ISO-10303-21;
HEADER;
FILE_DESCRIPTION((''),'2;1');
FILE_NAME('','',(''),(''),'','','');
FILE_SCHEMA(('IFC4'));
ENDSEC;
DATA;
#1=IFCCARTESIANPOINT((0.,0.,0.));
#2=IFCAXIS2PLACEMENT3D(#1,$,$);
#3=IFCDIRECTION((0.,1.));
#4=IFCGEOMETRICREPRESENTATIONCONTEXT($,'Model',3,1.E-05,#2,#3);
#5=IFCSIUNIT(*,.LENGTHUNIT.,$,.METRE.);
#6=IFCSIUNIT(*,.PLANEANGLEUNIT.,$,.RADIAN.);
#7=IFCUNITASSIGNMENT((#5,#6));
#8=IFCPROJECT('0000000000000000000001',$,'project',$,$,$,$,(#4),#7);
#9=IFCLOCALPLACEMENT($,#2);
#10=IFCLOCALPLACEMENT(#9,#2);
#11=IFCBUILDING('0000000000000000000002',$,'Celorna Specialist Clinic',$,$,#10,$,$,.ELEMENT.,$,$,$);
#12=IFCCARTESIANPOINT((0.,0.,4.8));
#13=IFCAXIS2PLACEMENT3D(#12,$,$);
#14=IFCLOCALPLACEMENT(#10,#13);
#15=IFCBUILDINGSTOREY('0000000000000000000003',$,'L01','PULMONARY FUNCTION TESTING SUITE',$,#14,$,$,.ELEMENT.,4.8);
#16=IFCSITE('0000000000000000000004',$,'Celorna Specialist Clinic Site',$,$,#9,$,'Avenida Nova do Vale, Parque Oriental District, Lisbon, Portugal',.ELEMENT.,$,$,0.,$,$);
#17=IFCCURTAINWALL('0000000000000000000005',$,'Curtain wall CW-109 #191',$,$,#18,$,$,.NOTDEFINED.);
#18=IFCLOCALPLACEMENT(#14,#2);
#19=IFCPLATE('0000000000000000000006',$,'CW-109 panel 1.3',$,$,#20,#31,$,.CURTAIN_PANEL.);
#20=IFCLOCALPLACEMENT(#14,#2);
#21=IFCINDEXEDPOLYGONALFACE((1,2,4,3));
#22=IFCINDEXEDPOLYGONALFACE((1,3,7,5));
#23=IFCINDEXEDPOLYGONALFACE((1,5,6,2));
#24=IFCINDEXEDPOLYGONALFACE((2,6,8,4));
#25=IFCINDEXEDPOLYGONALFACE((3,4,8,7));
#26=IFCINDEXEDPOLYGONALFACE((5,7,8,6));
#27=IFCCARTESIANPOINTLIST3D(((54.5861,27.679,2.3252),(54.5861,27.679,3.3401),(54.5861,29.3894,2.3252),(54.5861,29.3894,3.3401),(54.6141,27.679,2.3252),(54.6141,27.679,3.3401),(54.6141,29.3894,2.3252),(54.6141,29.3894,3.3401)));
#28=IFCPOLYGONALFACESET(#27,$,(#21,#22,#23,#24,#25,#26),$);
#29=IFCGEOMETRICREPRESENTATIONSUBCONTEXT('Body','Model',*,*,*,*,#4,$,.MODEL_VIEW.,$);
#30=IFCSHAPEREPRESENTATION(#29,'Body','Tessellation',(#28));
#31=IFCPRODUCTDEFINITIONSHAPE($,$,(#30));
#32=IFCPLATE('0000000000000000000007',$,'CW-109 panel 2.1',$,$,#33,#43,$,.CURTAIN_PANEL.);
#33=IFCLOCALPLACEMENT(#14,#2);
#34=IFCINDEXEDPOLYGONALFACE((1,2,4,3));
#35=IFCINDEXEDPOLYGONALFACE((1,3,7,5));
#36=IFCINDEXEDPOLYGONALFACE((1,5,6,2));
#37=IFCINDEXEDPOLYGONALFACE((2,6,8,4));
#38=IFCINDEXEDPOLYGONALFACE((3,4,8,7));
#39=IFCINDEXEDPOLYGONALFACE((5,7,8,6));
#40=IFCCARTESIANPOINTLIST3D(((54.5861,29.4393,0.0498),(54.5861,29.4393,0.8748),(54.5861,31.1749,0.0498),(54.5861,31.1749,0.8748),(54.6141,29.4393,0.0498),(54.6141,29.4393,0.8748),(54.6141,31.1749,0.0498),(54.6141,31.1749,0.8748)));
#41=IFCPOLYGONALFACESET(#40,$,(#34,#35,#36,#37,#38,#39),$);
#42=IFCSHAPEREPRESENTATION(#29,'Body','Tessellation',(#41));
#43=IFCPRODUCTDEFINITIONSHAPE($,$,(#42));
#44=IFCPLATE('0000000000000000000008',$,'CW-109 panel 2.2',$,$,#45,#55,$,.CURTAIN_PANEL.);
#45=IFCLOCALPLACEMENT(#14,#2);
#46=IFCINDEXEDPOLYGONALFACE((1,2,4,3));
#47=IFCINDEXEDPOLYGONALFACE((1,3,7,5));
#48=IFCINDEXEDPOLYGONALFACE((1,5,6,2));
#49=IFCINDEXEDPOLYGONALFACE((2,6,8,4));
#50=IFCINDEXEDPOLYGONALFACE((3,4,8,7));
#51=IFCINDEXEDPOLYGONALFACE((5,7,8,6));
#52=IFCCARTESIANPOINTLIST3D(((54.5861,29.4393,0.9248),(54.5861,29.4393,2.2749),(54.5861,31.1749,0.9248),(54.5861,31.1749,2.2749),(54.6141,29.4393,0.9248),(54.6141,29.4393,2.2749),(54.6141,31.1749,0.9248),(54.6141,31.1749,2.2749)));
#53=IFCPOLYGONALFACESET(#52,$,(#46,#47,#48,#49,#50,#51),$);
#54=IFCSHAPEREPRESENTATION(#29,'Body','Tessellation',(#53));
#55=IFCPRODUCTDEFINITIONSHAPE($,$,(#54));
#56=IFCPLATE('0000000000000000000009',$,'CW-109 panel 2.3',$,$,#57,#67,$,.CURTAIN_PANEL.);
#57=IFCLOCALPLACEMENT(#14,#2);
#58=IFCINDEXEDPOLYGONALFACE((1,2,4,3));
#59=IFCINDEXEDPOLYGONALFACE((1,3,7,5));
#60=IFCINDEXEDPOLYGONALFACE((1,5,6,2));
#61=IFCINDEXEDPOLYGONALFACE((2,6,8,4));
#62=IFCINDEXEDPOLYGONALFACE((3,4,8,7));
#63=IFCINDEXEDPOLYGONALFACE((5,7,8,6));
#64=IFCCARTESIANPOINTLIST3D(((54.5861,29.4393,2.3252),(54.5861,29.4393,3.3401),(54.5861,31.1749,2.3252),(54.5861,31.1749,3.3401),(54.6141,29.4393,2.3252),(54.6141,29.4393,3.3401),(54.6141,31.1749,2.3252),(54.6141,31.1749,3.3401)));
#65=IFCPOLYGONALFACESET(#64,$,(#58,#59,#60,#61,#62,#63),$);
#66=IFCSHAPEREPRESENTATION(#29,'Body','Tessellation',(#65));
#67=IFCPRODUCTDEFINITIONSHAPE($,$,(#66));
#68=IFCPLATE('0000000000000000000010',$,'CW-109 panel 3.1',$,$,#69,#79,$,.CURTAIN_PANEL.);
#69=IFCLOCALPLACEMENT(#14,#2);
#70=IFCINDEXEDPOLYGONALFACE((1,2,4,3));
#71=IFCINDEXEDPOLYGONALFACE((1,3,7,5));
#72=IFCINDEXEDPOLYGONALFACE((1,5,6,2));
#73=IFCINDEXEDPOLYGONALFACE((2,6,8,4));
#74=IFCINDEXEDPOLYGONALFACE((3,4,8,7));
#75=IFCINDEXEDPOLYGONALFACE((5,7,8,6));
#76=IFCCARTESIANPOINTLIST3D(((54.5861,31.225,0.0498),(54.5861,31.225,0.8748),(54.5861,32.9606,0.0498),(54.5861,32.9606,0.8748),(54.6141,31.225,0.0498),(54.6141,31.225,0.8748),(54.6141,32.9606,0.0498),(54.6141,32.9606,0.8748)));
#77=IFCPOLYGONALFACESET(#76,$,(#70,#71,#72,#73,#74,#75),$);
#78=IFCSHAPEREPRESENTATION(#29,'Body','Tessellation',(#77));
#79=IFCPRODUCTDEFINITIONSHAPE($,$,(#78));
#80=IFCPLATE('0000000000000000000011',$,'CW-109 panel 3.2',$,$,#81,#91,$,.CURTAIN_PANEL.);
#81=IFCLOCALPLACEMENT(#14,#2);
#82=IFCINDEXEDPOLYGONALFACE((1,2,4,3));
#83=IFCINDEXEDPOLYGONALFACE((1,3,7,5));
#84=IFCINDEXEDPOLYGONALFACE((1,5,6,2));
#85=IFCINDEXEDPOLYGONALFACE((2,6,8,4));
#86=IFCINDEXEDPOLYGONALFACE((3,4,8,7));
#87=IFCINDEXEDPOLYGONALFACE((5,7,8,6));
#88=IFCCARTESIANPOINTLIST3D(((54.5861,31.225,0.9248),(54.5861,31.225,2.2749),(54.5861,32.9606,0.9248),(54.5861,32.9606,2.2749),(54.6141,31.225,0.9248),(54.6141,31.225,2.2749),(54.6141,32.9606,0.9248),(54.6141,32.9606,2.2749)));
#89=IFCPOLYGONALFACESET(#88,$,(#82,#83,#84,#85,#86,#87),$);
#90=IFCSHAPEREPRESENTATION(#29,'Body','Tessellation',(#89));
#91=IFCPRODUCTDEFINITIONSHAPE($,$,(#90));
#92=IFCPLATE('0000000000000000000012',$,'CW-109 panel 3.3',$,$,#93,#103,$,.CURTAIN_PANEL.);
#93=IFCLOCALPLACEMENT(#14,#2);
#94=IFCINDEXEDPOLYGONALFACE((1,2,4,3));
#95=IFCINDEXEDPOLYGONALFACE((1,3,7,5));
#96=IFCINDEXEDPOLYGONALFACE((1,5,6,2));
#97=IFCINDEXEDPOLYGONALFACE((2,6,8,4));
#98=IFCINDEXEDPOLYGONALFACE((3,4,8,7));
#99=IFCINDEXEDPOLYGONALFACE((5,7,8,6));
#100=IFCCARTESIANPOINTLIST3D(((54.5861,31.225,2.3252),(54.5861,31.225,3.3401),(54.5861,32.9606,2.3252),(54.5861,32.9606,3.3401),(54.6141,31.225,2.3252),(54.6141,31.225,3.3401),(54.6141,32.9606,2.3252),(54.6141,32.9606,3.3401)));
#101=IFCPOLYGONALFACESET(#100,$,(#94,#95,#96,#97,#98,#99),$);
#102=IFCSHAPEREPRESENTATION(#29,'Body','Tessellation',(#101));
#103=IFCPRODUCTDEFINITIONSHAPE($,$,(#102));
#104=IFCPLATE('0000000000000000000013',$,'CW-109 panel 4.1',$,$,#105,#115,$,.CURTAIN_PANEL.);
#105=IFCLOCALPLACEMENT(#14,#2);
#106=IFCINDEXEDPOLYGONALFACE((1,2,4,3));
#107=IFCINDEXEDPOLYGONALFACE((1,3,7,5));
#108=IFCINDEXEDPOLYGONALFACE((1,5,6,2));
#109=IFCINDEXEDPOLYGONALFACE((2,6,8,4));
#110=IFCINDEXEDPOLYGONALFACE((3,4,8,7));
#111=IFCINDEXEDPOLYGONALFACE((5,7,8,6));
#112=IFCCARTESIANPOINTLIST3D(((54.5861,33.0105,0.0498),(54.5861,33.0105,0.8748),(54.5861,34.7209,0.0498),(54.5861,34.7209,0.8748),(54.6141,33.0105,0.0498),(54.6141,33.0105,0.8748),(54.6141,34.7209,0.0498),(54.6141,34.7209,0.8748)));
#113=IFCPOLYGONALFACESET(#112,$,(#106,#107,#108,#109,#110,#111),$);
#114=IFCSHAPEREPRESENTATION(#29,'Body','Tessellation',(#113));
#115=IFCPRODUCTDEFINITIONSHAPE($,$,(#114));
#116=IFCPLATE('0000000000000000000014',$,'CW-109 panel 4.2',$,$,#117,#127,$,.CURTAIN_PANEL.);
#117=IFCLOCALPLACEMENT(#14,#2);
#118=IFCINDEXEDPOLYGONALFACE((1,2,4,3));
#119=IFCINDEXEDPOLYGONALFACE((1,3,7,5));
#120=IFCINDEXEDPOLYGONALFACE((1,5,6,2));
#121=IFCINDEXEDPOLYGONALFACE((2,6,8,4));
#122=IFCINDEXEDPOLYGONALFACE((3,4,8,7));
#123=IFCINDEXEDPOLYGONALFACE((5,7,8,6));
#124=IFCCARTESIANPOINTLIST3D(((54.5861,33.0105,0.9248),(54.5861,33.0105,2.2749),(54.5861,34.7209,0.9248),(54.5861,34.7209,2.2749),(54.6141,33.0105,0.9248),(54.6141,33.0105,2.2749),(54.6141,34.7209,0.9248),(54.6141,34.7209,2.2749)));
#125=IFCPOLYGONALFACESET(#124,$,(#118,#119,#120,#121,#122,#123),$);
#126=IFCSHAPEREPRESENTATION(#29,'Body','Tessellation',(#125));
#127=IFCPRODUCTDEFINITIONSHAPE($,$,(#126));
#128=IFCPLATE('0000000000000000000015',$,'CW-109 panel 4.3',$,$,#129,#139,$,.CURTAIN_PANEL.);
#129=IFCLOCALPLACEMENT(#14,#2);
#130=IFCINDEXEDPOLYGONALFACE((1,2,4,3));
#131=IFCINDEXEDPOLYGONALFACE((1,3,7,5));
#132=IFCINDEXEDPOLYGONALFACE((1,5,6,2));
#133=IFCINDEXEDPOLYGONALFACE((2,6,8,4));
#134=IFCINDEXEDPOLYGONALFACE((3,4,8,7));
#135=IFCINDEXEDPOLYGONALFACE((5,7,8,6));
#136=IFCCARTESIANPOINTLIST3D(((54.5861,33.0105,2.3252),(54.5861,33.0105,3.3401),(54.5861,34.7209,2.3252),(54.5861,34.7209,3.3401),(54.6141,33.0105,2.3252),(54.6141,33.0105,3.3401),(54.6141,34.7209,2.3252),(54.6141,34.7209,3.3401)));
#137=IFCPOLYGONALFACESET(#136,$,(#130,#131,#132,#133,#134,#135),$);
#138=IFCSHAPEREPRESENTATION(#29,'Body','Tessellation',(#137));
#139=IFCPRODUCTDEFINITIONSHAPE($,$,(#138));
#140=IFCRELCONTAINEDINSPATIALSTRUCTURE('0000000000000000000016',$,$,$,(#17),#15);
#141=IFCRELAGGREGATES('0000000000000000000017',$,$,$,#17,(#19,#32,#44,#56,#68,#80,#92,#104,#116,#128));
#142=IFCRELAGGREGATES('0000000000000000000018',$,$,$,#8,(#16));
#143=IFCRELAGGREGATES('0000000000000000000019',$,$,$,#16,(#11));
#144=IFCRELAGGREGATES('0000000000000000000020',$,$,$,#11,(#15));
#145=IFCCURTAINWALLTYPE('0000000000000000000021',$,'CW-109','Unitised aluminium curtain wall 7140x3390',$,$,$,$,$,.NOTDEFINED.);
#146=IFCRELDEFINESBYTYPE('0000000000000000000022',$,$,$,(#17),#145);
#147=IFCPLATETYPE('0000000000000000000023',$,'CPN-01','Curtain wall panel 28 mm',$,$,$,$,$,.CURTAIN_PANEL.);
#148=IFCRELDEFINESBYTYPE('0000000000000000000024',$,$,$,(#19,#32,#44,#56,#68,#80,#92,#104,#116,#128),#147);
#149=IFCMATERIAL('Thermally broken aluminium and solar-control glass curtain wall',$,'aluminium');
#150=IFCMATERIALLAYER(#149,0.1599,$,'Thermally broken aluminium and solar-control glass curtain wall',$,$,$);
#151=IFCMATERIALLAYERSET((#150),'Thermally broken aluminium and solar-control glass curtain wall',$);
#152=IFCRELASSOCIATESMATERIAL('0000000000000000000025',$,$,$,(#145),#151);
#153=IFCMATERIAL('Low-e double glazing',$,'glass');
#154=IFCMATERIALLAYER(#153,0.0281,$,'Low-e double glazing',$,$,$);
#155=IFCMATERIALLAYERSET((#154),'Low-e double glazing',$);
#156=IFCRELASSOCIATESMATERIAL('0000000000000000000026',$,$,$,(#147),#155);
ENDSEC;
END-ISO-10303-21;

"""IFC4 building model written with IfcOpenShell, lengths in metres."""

from ifc_helpers import new_model, si_unit, direction, frame, origin, origin_2d, place, context, subcontext, project, spatial, rectangle, extrude, material, layer, layer_set, type_object, element, aggregate, save


model = new_model("IFC4")

# Units and contexts
model_context = context("Model", 3, precision=1e-05, world=origin(), true_north=direction((0.0, 1.0)))
body_context = subcontext(model_context, "Body", "Model", "MODEL_VIEW")
ifc_project = project(units=[si_unit("LENGTHUNIT", "METRE"), si_unit("PLANEANGLEUNIT", "RADIAN")], contexts=[model_context])

# Site, building, storey
site_placement = place(None, origin())
site = spatial("IfcSite", under=ifc_project, at=site_placement, Name="Celorna Specialist Clinic Site", LongName="Avenida Nova do Vale, Parque Oriental District, Lisbon, Portugal", CompositionType="ELEMENT", RefElevation=0.0)
building_placement = place(site_placement, origin())
building = spatial("IfcBuilding", under=site, at=building_placement, Name="Celorna Specialist Clinic", CompositionType="ELEMENT")
storey_placement = place(building_placement, frame((0.0, 0.0, 4.8)))
storey = spatial("IfcBuildingStorey", under=building, at=storey_placement, Name="L01", Description="PULMONARY FUNCTION TESTING SUITE", CompositionType="ELEMENT", Elevation=4.8)

# Curtain wall
ifc_material_1 = material(Name="Thermally broken aluminium and solar-control glass curtain wall", Category="aluminium")
ifc_layer_1 = layer(ifc_material_1, 0.1599, Name="Thermally broken aluminium and solar-control glass curtain wall")
ifc_layer_set_1 = layer_set([ifc_layer_1], Name="Thermally broken aluminium and solar-control glass curtain wall")
curtain_wall_type_1 = type_object("IfcCurtainWallType", Name="CW-109", Description="Unitised aluminium curtain wall 7140x3390", PredefinedType="NOTDEFINED", material=ifc_layer_set_1)
curtain_wall_1_placement = place(storey_placement, origin())
curtain_wall_1 = element("IfcCurtainWall", 1, at=curtain_wall_1_placement, inside=storey, type_object=curtain_wall_type_1, Name="Curtain wall CW-109 #191", PredefinedType="NOTDEFINED")

# Plates
ifc_material_2 = material(Name="Low-e double glazing", Category="glass")
ifc_layer_2 = layer(ifc_material_2, 0.0281, Name="Low-e double glazing")
ifc_layer_set_2 = layer_set([ifc_layer_2], Name="Low-e double glazing")
plate_type = type_object("IfcPlateType", Name="CPN-01", Description="Curtain wall panel 28 mm", PredefinedType="CURTAIN_PANEL", material=ifc_layer_set_2)
plate_1_placement = place(storey_placement, frame((54.6001, 28.5342, 2.3252), z_axis=(0.0, 0.0, 1.0), x_axis=(0.0, 1.0, 0.0)))
plate_1 = element("IfcPlate", 2, at=plate_1_placement, type_object=plate_type, Name="CW-109 panel 1.3", PredefinedType="CURTAIN_PANEL", context=body_context, shape_type="SweptSolid", body=[
    extrude(rectangle(XDim=1.7104, YDim=0.0281, at=origin_2d()), origin(), (0.0, 0.0, 1.0), 1.0149),
])
plate_2_placement = place(storey_placement, frame((54.6001, 30.3071, 0.0498), z_axis=(0.0, 0.0, 1.0), x_axis=(0.0, 1.0, 0.0)))
plate_2 = element("IfcPlate", 3, at=plate_2_placement, type_object=plate_type, Name="CW-109 panel 2.1", PredefinedType="CURTAIN_PANEL", context=body_context, shape_type="SweptSolid", body=[
    extrude(rectangle(XDim=1.7356, YDim=0.0281, at=origin_2d()), origin(), (0.0, 0.0, 1.0), 0.825),
])
plate_3_placement = place(storey_placement, frame((54.6001, 30.3071, 0.9248), z_axis=(0.0, 0.0, 1.0), x_axis=(0.0, 1.0, 0.0)))
plate_3 = element("IfcPlate", 4, at=plate_3_placement, type_object=plate_type, Name="CW-109 panel 2.2", PredefinedType="CURTAIN_PANEL", context=body_context, shape_type="SweptSolid", body=[
    extrude(rectangle(XDim=1.7356, YDim=0.0281, at=origin_2d()), origin(), (0.0, 0.0, 1.0), 1.3501),
])
plate_4_placement = place(storey_placement, frame((54.6001, 30.3071, 2.3252), z_axis=(0.0, 0.0, 1.0), x_axis=(0.0, 1.0, 0.0)))
plate_4 = element("IfcPlate", 5, at=plate_4_placement, type_object=plate_type, Name="CW-109 panel 2.3", PredefinedType="CURTAIN_PANEL", context=body_context, shape_type="SweptSolid", body=[
    extrude(rectangle(XDim=1.7356, YDim=0.0281, at=origin_2d()), origin(), (0.0, 0.0, 1.0), 1.0149),
])
plate_5_placement = place(storey_placement, frame((54.6001, 32.0928, 0.0498), z_axis=(0.0, 0.0, 1.0), x_axis=(0.0, 1.0, 0.0)))
plate_5 = element("IfcPlate", 6, at=plate_5_placement, type_object=plate_type, Name="CW-109 panel 3.1", PredefinedType="CURTAIN_PANEL", context=body_context, shape_type="SweptSolid", body=[
    extrude(rectangle(XDim=1.7356, YDim=0.0281, at=origin_2d()), origin(), (0.0, 0.0, 1.0), 0.825),
])
plate_6_placement = place(storey_placement, frame((54.6001, 32.0928, 0.9248), z_axis=(0.0, 0.0, 1.0), x_axis=(0.0, 1.0, 0.0)))
plate_6 = element("IfcPlate", 7, at=plate_6_placement, type_object=plate_type, Name="CW-109 panel 3.2", PredefinedType="CURTAIN_PANEL", context=body_context, shape_type="SweptSolid", body=[
    extrude(rectangle(XDim=1.7356, YDim=0.0281, at=origin_2d()), origin(), (0.0, 0.0, 1.0), 1.3501),
])
plate_7_placement = place(storey_placement, frame((54.6001, 32.0928, 2.3252), z_axis=(0.0, 0.0, 1.0), x_axis=(0.0, 1.0, 0.0)))
plate_7 = element("IfcPlate", 8, at=plate_7_placement, type_object=plate_type, Name="CW-109 panel 3.3", PredefinedType="CURTAIN_PANEL", context=body_context, shape_type="SweptSolid", body=[
    extrude(rectangle(XDim=1.7356, YDim=0.0281, at=origin_2d()), origin(), (0.0, 0.0, 1.0), 1.0149),
])
plate_8_placement = place(storey_placement, frame((54.6001, 33.8657, 0.0498), z_axis=(0.0, 0.0, 1.0), x_axis=(0.0, 1.0, 0.0)))
plate_8 = element("IfcPlate", 9, at=plate_8_placement, type_object=plate_type, Name="CW-109 panel 4.1", PredefinedType="CURTAIN_PANEL", context=body_context, shape_type="SweptSolid", body=[
    extrude(rectangle(XDim=1.7104, YDim=0.0281, at=origin_2d()), origin(), (0.0, 0.0, 1.0), 0.825),
])
plate_9_placement = place(storey_placement, frame((54.6001, 33.8657, 0.9248), z_axis=(0.0, 0.0, 1.0), x_axis=(0.0, 1.0, 0.0)))
plate_9 = element("IfcPlate", 10, at=plate_9_placement, type_object=plate_type, Name="CW-109 panel 4.2", PredefinedType="CURTAIN_PANEL", context=body_context, shape_type="SweptSolid", body=[
    extrude(rectangle(XDim=1.7104, YDim=0.0281, at=origin_2d()), origin(), (0.0, 0.0, 1.0), 1.3501),
])
plate_10_placement = place(storey_placement, frame((54.6001, 33.8657, 2.3252), z_axis=(0.0, 0.0, 1.0), x_axis=(0.0, 1.0, 0.0)))
plate_10 = element("IfcPlate", 11, at=plate_10_placement, type_object=plate_type, Name="CW-109 panel 4.3", PredefinedType="CURTAIN_PANEL", context=body_context, shape_type="SweptSolid", body=[
    extrude(rectangle(XDim=1.7104, YDim=0.0281, at=origin_2d()), origin(), (0.0, 0.0, 1.0), 1.0149),
])
aggregate(curtain_wall_1, [plate_1, plate_2, plate_3, plate_4, plate_5, plate_6, plate_7, plate_8, plate_9, plate_10])

save(model, "model.ifc")
